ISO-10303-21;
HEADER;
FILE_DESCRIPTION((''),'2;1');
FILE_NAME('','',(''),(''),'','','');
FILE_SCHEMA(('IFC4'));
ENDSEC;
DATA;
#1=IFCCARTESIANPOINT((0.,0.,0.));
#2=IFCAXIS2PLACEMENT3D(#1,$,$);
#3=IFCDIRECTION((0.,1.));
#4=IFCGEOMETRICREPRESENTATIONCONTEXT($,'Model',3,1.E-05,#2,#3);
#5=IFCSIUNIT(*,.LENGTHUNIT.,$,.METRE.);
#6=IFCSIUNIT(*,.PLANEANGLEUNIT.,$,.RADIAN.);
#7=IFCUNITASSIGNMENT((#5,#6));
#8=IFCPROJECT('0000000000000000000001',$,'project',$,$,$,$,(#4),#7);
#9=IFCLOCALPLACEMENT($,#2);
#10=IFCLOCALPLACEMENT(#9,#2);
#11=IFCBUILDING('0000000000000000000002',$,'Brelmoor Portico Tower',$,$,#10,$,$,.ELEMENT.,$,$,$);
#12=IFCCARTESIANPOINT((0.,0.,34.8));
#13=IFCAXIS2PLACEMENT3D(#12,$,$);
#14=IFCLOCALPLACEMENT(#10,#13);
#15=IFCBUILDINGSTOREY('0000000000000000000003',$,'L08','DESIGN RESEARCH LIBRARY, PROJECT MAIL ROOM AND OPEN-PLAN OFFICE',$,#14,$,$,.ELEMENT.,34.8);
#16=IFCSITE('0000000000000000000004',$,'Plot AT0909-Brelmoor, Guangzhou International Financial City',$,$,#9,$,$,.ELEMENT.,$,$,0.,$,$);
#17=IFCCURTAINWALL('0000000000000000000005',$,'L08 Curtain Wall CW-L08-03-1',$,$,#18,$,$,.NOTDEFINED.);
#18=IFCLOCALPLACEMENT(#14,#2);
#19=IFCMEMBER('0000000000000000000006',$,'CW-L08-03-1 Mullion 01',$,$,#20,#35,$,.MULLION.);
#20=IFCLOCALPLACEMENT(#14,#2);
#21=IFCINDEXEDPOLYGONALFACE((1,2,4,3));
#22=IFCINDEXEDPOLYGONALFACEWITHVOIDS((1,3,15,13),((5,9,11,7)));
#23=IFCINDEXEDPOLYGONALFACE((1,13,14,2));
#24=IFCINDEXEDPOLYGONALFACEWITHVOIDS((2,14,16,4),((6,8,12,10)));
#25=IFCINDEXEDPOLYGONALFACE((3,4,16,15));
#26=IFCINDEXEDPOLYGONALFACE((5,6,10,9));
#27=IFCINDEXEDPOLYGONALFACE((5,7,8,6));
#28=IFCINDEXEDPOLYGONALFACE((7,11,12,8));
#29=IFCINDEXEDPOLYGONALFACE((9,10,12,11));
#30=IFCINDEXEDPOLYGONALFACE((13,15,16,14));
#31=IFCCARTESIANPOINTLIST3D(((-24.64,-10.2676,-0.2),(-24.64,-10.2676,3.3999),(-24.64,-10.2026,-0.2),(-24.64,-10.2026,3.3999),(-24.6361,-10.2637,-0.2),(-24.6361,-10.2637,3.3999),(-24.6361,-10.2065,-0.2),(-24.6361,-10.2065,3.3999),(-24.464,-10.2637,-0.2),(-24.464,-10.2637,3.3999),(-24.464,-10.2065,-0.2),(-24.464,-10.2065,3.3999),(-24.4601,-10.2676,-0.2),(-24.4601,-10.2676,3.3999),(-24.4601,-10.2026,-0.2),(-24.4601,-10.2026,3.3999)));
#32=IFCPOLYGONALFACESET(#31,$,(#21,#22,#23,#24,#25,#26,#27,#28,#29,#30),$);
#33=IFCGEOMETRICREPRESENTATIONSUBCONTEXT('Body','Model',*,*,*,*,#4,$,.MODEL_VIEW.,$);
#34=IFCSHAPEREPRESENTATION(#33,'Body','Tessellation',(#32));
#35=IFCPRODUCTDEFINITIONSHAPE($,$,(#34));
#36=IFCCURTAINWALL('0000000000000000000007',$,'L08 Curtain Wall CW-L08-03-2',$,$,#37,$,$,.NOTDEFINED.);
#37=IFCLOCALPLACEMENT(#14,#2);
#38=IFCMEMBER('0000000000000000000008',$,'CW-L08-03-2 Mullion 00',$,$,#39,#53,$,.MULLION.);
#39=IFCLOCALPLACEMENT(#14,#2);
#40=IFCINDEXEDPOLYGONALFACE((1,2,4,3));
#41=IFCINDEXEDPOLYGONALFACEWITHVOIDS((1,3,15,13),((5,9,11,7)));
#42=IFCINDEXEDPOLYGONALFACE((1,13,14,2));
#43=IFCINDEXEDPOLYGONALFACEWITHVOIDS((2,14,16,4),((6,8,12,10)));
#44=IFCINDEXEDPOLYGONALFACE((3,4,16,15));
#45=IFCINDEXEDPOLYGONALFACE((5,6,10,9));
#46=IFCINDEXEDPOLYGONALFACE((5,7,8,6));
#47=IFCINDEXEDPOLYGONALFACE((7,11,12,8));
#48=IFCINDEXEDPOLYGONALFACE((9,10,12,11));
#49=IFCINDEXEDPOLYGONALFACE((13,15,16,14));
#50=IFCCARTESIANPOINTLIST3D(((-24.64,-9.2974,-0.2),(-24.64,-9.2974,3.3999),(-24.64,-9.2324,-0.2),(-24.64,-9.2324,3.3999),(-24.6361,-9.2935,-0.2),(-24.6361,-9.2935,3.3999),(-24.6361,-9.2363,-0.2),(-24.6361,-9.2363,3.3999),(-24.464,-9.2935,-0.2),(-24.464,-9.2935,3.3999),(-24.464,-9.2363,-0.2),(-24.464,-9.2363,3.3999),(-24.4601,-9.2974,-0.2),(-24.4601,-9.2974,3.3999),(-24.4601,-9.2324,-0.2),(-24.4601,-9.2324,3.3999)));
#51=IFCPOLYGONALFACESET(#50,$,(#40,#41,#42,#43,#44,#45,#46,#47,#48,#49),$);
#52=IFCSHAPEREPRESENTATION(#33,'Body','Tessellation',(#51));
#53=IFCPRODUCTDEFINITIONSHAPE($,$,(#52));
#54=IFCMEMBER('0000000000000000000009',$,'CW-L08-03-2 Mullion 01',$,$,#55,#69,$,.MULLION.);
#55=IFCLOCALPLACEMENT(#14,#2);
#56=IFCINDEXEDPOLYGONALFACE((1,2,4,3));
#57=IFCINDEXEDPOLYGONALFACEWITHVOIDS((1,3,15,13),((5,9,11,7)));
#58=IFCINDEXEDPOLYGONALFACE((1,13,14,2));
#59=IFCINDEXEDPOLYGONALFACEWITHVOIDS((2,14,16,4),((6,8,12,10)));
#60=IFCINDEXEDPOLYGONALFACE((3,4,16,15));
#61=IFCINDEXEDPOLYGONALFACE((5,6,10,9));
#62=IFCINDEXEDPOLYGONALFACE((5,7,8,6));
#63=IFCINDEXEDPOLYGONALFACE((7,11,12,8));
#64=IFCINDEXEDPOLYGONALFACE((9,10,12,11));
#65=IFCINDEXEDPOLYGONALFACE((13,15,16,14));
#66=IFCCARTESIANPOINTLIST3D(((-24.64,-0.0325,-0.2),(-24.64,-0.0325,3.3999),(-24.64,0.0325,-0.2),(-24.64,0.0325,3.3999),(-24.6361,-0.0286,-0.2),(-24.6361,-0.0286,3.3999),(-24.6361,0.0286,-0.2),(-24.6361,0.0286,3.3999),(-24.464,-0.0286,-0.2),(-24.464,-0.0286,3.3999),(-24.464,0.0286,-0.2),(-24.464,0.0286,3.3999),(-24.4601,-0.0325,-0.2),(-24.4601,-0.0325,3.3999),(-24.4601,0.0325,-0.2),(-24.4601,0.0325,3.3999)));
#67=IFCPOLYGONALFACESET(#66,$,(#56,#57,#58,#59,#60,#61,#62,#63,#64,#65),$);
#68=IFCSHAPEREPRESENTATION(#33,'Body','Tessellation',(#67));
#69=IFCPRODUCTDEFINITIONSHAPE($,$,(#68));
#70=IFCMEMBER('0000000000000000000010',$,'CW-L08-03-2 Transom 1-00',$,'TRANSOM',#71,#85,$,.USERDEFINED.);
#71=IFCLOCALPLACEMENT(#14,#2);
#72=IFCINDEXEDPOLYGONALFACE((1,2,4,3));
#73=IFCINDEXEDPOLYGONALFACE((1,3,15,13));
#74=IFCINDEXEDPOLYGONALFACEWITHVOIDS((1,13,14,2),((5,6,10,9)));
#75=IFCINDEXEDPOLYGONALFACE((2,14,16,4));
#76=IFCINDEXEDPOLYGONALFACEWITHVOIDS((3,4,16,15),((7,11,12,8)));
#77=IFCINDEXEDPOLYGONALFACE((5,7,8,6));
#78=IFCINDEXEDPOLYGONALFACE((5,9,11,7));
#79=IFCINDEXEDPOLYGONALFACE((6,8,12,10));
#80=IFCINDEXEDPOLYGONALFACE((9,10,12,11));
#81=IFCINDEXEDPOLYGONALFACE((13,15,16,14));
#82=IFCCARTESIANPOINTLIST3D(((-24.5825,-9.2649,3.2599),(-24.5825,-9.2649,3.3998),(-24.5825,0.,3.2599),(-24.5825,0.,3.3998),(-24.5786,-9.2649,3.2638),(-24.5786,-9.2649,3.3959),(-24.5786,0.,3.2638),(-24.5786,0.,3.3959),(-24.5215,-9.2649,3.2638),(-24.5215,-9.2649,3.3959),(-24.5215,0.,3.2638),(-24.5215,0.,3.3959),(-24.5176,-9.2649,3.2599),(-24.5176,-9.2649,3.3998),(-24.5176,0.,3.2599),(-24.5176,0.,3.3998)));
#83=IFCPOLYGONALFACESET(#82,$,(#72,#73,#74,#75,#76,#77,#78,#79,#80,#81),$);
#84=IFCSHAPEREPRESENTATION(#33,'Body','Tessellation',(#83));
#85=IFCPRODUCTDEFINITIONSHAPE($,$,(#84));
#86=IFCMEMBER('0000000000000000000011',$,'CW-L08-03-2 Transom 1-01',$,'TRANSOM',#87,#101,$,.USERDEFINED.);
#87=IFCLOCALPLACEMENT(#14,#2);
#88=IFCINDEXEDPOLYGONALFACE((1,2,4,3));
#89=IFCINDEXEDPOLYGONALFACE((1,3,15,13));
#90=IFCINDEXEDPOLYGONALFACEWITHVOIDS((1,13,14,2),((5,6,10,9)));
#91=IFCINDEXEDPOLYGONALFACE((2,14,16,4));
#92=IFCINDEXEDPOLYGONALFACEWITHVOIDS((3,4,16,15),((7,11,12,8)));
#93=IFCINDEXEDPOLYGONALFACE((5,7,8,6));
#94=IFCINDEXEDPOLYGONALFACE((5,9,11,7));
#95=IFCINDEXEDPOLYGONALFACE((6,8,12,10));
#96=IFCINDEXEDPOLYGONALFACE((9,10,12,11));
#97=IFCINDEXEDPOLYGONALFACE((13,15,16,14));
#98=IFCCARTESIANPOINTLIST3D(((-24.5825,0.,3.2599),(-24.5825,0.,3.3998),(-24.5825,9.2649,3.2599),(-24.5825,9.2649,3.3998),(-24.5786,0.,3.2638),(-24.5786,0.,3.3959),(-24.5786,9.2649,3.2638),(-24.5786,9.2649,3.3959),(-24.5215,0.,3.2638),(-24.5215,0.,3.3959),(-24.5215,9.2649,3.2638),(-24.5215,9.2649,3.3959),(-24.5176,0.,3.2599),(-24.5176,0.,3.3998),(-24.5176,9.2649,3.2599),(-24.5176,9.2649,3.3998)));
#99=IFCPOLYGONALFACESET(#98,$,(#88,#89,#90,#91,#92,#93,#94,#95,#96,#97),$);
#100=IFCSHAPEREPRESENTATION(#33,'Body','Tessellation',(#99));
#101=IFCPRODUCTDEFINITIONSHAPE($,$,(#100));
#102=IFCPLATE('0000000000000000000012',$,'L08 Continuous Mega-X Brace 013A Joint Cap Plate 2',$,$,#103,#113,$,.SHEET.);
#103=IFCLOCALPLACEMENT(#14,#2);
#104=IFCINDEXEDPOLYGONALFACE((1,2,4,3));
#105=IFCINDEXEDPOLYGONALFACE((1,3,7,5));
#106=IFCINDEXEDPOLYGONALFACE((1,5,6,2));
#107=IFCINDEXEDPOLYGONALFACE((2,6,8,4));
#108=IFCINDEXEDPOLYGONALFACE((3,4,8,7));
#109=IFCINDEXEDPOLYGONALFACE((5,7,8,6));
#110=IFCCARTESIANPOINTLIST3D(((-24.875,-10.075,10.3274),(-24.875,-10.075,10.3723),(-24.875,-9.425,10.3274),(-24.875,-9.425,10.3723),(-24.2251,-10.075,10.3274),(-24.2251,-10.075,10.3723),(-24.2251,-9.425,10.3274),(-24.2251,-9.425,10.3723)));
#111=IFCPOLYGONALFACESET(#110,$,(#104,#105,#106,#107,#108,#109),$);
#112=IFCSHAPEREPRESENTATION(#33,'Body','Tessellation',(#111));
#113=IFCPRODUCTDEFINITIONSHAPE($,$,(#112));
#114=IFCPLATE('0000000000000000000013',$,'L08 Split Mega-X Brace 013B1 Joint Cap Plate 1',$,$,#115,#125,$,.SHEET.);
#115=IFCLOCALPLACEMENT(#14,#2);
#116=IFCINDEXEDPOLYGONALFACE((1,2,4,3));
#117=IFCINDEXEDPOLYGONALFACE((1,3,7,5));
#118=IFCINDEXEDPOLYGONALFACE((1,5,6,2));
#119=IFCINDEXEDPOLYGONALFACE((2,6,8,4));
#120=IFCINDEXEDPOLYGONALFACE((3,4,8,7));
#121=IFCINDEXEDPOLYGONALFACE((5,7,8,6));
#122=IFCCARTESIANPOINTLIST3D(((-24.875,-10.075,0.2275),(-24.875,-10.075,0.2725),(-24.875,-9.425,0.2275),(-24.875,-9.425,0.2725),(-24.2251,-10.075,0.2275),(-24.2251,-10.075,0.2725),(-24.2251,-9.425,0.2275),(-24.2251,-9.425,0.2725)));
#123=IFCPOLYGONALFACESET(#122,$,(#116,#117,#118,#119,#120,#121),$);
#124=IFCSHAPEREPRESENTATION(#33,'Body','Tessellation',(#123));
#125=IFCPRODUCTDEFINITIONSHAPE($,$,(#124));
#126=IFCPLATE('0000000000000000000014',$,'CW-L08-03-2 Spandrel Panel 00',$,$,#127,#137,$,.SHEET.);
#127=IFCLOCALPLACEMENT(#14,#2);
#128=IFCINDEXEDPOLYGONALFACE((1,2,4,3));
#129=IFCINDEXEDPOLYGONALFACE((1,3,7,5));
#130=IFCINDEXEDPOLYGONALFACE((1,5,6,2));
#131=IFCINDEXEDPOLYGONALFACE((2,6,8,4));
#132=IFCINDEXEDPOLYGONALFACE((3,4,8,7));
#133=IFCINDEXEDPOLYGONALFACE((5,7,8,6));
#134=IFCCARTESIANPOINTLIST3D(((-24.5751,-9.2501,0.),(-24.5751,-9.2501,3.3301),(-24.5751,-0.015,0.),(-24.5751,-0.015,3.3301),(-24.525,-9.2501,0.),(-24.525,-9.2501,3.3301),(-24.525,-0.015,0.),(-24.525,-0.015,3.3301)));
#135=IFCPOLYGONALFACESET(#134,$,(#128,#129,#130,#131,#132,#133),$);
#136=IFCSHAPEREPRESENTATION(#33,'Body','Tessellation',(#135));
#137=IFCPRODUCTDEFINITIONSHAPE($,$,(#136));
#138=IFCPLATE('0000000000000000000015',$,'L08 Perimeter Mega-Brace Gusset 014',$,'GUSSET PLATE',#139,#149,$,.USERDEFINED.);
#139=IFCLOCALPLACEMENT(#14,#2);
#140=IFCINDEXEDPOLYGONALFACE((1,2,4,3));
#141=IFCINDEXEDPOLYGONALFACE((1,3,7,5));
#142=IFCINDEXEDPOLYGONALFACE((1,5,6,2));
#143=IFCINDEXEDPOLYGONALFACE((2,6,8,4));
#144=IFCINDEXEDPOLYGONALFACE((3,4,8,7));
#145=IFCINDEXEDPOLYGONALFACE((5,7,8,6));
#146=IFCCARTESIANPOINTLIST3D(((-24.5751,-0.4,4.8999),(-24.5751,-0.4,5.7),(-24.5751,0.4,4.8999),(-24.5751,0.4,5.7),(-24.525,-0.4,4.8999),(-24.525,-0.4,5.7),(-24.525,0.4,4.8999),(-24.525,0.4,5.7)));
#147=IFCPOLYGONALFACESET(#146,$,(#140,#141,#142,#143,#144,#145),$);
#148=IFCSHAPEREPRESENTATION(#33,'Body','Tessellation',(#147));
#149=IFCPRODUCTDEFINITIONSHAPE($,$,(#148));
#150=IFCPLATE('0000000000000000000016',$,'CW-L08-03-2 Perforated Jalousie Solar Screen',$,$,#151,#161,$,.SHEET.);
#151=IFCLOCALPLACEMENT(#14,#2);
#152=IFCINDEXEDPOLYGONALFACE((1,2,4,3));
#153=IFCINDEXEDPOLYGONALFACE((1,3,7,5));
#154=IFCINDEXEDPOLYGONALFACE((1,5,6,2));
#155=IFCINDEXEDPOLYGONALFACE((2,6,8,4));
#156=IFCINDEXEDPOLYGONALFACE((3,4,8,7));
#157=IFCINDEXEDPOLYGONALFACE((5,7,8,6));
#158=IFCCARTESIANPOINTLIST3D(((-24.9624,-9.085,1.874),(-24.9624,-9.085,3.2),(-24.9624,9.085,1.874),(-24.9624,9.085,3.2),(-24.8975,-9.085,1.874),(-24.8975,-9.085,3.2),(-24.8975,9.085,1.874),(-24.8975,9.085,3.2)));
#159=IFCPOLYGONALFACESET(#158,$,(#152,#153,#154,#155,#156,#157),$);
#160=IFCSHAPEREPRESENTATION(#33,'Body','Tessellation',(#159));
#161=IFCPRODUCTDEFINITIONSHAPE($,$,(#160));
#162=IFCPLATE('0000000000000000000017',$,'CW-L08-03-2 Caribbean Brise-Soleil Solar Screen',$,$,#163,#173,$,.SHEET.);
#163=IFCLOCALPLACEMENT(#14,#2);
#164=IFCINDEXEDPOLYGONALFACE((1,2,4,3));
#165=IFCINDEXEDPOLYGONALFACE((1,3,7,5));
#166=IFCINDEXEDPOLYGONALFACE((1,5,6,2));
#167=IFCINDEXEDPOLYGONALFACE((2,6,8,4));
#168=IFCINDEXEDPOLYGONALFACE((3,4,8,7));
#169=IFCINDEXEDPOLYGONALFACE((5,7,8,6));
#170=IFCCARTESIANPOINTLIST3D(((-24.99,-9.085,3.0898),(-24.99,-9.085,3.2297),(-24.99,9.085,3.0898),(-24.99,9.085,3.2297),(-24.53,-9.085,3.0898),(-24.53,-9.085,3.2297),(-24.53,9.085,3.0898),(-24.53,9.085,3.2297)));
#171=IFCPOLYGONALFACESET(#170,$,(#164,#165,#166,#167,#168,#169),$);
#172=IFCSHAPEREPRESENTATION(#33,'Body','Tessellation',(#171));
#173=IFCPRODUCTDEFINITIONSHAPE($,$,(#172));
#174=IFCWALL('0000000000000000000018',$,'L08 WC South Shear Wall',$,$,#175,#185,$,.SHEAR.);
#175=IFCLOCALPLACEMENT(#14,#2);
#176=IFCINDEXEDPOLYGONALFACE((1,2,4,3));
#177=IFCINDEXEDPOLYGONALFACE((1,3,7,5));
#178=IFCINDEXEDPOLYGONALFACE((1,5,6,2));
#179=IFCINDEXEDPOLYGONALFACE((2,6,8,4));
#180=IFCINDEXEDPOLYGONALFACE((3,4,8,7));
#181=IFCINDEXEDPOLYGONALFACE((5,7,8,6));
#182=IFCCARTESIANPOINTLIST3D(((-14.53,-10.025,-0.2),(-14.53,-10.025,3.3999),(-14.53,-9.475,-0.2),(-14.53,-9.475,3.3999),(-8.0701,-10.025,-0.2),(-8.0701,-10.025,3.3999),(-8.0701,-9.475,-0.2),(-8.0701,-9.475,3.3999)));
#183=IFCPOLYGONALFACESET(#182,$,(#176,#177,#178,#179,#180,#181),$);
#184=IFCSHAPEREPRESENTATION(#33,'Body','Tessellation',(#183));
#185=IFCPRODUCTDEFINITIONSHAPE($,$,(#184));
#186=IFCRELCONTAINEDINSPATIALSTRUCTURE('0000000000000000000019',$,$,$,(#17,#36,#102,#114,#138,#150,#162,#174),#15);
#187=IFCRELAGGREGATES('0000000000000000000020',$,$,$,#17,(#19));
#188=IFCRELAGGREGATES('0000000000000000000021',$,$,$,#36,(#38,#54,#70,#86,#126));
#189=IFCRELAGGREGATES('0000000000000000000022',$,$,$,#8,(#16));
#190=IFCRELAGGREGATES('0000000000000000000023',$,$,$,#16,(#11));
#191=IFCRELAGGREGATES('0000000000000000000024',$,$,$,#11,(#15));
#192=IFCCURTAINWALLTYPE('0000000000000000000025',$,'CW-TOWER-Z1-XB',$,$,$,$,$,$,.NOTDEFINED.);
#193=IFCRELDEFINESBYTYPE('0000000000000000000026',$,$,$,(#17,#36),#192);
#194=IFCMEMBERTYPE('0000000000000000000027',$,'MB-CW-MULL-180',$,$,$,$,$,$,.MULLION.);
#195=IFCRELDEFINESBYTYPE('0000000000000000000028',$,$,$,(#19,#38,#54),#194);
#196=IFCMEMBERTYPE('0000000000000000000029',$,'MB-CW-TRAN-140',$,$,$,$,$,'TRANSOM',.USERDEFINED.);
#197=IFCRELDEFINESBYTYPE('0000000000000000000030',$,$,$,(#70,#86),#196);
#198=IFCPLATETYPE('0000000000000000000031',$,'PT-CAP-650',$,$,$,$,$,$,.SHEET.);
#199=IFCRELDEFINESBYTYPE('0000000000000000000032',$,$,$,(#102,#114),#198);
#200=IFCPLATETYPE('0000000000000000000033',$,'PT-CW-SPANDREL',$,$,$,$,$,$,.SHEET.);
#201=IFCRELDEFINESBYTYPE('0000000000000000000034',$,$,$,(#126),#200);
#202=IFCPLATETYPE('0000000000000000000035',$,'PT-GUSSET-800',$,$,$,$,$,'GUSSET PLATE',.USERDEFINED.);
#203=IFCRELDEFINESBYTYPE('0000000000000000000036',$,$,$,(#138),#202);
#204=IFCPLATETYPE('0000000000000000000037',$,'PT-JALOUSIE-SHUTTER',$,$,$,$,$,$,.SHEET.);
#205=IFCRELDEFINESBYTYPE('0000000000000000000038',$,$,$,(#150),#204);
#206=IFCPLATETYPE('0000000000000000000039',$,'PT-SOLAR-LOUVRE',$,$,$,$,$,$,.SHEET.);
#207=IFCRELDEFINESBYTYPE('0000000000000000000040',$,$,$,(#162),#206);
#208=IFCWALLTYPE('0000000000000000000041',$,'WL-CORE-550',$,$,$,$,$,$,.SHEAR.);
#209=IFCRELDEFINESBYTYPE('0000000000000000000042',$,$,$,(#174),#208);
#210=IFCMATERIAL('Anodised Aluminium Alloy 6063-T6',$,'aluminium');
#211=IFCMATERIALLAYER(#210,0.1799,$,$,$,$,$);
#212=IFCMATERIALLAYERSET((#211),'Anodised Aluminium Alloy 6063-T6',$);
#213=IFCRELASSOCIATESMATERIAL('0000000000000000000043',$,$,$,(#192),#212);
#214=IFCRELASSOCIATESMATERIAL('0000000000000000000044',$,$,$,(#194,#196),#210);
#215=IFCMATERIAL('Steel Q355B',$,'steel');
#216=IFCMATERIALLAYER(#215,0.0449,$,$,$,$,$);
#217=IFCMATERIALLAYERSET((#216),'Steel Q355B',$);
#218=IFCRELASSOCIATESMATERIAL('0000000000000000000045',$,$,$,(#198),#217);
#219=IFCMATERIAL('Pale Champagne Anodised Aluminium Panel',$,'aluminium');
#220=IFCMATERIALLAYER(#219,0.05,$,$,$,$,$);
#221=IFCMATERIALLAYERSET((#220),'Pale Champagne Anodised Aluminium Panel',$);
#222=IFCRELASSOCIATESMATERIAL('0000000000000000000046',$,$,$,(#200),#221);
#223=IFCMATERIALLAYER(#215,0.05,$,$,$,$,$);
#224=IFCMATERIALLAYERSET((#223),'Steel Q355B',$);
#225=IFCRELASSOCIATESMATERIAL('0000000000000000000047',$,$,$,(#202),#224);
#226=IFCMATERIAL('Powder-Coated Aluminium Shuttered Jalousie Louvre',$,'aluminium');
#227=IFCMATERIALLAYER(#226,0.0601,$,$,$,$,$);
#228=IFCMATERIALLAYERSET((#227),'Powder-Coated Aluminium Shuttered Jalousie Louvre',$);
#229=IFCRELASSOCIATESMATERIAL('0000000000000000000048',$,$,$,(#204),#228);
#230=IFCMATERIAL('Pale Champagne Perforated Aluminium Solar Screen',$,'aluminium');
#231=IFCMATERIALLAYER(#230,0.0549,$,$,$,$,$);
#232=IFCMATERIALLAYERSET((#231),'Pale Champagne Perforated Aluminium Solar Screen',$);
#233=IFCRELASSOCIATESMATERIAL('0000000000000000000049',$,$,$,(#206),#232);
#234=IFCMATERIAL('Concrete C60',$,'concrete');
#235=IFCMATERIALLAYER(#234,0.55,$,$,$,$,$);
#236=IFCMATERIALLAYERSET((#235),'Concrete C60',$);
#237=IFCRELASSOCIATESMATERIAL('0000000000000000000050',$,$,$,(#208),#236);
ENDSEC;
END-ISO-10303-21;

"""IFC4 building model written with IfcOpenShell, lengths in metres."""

from ifc_helpers import new_model, si_unit, direction, frame, frame_2d, origin, origin_2d, place, context, subcontext, project, spatial, rectangle, hollow_rectangle, extrude, material, layer, layer_set, material_profile, profile_set, type_object, element, aggregate, save


model = new_model("IFC4")

# Units and contexts
model_context = context("Model", 3, precision=1e-05, world=origin(), true_north=direction((0.0, 1.0)))
body_context = subcontext(model_context, "Body", "Model", "MODEL_VIEW")
ifc_project = project(units=[si_unit("LENGTHUNIT", "METRE"), si_unit("PLANEANGLEUNIT", "RADIAN")], contexts=[model_context])

# Site, building, storey
site_placement = place(None, origin())
site = spatial("IfcSite", under=ifc_project, at=site_placement, Name="Plot AT0909-Brelmoor, Guangzhou International Financial City", CompositionType="ELEMENT", RefElevation=0.0)
building_placement = place(site_placement, origin())
building = spatial("IfcBuilding", under=site, at=building_placement, Name="Brelmoor Portico Tower", CompositionType="ELEMENT")
storey_placement = place(building_placement, frame((0.0, 0.0, 34.8)))
storey = spatial("IfcBuildingStorey", under=building, at=storey_placement, Name="L08", Description="DESIGN RESEARCH LIBRARY, PROJECT MAIL ROOM AND OPEN-PLAN OFFICE", CompositionType="ELEMENT", Elevation=34.8)

# Shared definitions
ifc_material_1 = material(Name="Steel Q355B", Category="steel")

# Curtain wall, member
ifc_material_2 = material(Name="Anodised Aluminium Alloy 6063-T6", Category="aluminium")
ifc_layer_1 = layer(ifc_material_2, 0.1799)
ifc_layer_set_1 = layer_set([ifc_layer_1], Name="Anodised Aluminium Alloy 6063-T6")
curtain_wall_type = type_object("IfcCurtainWallType", Name="CW-TOWER-Z1-XB", PredefinedType="NOTDEFINED", material=ifc_layer_set_1)
curtain_wall_1_placement = place(storey_placement, origin())
curtain_wall_1 = element("IfcCurtainWall", 1, at=curtain_wall_1_placement, inside=storey, type_object=curtain_wall_type, Name="L08 Curtain Wall CW-L08-03-1", PredefinedType="NOTDEFINED")
ifc_material_profile_1 = material_profile(ifc_material_2, hollow_rectangle(XDim=0.0649, YDim=0.1799, WallThickness=0.0039, at=origin_2d()), Name="ALU MULLION 65x180")
ifc_profile_set_1 = profile_set([ifc_material_profile_1], Name="Anodised Aluminium Alloy 6063-T6")
member_type_1 = type_object("IfcMemberType", Name="MB-CW-MULL-180", PredefinedType="MULLION", material=ifc_profile_set_1)
member_1_placement = place(storey_placement, frame((-24.55, -10.2351, -0.2), z_axis=(0.0, 0.0, 1.0), x_axis=(0.0, 1.0, 0.0)))
member_1 = element("IfcMember", 2, at=member_1_placement, type_object=member_type_1, Name="CW-L08-03-1 Mullion 01", PredefinedType="MULLION", context=body_context, shape_type="SweptSolid", body=[
    extrude(hollow_rectangle(XDim=0.0649, YDim=0.1799, WallThickness=0.0039, at=origin_2d()), origin(), (0.0, 0.0, 1.0), 3.5999),
])
aggregate(curtain_wall_1, [member_1])

# Curtain wall, members
curtain_wall_2_placement = place(storey_placement, origin())
curtain_wall_2 = element("IfcCurtainWall", 3, at=curtain_wall_2_placement, inside=storey, type_object=curtain_wall_type, Name="L08 Curtain Wall CW-L08-03-2", PredefinedType="NOTDEFINED")
member_2_placement = place(storey_placement, frame((-24.55, -9.2649, -0.2), z_axis=(0.0, 0.0, 1.0), x_axis=(0.0, 1.0, 0.0)))
member_2 = element("IfcMember", 4, at=member_2_placement, type_object=member_type_1, Name="CW-L08-03-2 Mullion 00", PredefinedType="MULLION", context=body_context, shape_type="SweptSolid", body=[
    extrude(hollow_rectangle(XDim=0.0649, YDim=0.1799, WallThickness=0.0039, at=origin_2d()), origin(), (0.0, 0.0, 1.0), 3.5999),
])
member_3_placement = place(storey_placement, frame((-24.55, 0.0, -0.2), z_axis=(0.0, 0.0, 1.0), x_axis=(0.0, 1.0, 0.0)))
member_3 = element("IfcMember", 5, at=member_3_placement, type_object=member_type_1, Name="CW-L08-03-2 Mullion 01", PredefinedType="MULLION", context=body_context, shape_type="SweptSolid", body=[
    extrude(hollow_rectangle(XDim=0.0649, YDim=0.1799, WallThickness=0.0039, at=origin_2d()), origin(), (0.0, 0.0, 1.0), 3.5999),
])
ifc_material_profile_2 = material_profile(ifc_material_2, hollow_rectangle(XDim=0.0649, YDim=0.1399, WallThickness=0.0039, at=origin_2d()), Name="ALU TRANSOM 65x140")
ifc_profile_set_2 = profile_set([ifc_material_profile_2], Name="Anodised Aluminium Alloy 6063-T6")
member_type_2 = type_object("IfcMemberType", Name="MB-CW-TRAN-140", ElementType="TRANSOM", PredefinedType="USERDEFINED", material=ifc_profile_set_2)
member_4_placement = place(storey_placement, frame((-24.55, -9.2649, 3.3298), z_axis=(0.0, 1.0, 0.0), x_axis=(-1.0, 0.0, 0.0)))
member_4 = element("IfcMember", 6, at=member_4_placement, type_object=member_type_2, Name="CW-L08-03-2 Transom 1-00", ObjectType="TRANSOM", PredefinedType="USERDEFINED", context=body_context, shape_type="SweptSolid", body=[
    extrude(hollow_rectangle(XDim=0.0649, YDim=0.1399, WallThickness=0.0039, at=origin_2d()), origin(), (0.0, 0.0, 1.0), 9.2649),
])
member_5_placement = place(storey_placement, frame((-24.55, 0.0, 3.3298), z_axis=(0.0, 1.0, 0.0), x_axis=(-1.0, 0.0, 0.0)))
member_5 = element("IfcMember", 7, at=member_5_placement, type_object=member_type_2, Name="CW-L08-03-2 Transom 1-01", ObjectType="TRANSOM", PredefinedType="USERDEFINED", context=body_context, shape_type="SweptSolid", body=[
    extrude(hollow_rectangle(XDim=0.0649, YDim=0.1399, WallThickness=0.0039, at=origin_2d()), origin(), (0.0, 0.0, 1.0), 9.2649),
])

# Plates
ifc_layer_2 = layer(ifc_material_1, 0.0449)
ifc_layer_set_2 = layer_set([ifc_layer_2], Name="Steel Q355B")
plate_type_1 = type_object("IfcPlateType", Name="PT-CAP-650", PredefinedType="SHEET", material=ifc_layer_set_2)
for number, where, z_axis, x_axis, name in (
    (8, (-24.55, -9.75, 10.3274), (0.0, 0.0, 1.0), (1.0, 0.0, 0.0), "L08 Continuous Mega-X Brace 013A Joint Cap Plate 2"),
    (9, (-24.55, -9.75, 0.2275), (0.0, 0.0, 1.0), (1.0, 0.0, 0.0), "L08 Split Mega-X Brace 013B1 Joint Cap Plate 1"),
):
    element("IfcPlate", number, at=place(storey_placement, frame(where, z_axis=z_axis, x_axis=x_axis)), inside=storey, type_object=plate_type_1, Name=name, PredefinedType="SHEET", context=body_context, shape_type="SweptSolid", body=[
        extrude(rectangle(XDim=0.6499, YDim=0.6499, at=origin_2d()), origin(), (0.0, 0.0, 1.0), 0.0449),
    ])

# Plate
ifc_material_3 = material(Name="Pale Champagne Anodised Aluminium Panel", Category="aluminium")
ifc_layer_3 = layer(ifc_material_3, 0.05)
ifc_layer_set_3 = layer_set([ifc_layer_3], Name="Pale Champagne Anodised Aluminium Panel")
plate_type_2 = type_object("IfcPlateType", Name="PT-CW-SPANDREL", PredefinedType="SHEET", material=ifc_layer_set_3)
plate_1_placement = place(storey_placement, frame((-24.55, -4.6326, 0.0), z_axis=(0.0, 0.0, 1.0), x_axis=(0.0, 1.0, 0.0)))
plate_1 = element("IfcPlate", 10, at=plate_1_placement, type_object=plate_type_2, Name="CW-L08-03-2 Spandrel Panel 00", PredefinedType="SHEET", context=body_context, shape_type="SweptSolid", body=[
    extrude(rectangle(XDim=9.2351, YDim=0.05, at=origin_2d()), origin(), (0.0, 0.0, 1.0), 3.3301),
])
aggregate(curtain_wall_2, [member_2, member_3, member_4, member_5, plate_1])

# Plates
ifc_layer_4 = layer(ifc_material_1, 0.05)
ifc_layer_set_4 = layer_set([ifc_layer_4], Name="Steel Q355B")
plate_type_3 = type_object("IfcPlateType", Name="PT-GUSSET-800", ElementType="GUSSET PLATE", PredefinedType="USERDEFINED", material=ifc_layer_set_4)
plate_2_placement = place(storey_placement, frame((-24.55, 0.0, 4.8999), z_axis=(0.0, 0.0, 1.0), x_axis=(1.0, 0.0, 0.0)))
element("IfcPlate", 11, at=plate_2_placement, inside=storey, type_object=plate_type_3, Name="L08 Perimeter Mega-Brace Gusset 014", ObjectType="GUSSET PLATE", PredefinedType="USERDEFINED", context=body_context, shape_type="SweptSolid", body=[
    extrude(rectangle(XDim=0.05, YDim=0.8, at=origin_2d()), origin(), (0.0, 0.0, 1.0), 0.8),
])
ifc_material_4 = material(Name="Powder-Coated Aluminium Shuttered Jalousie Louvre", Category="aluminium")
ifc_layer_5 = layer(ifc_material_4, 0.0601)
ifc_layer_set_5 = layer_set([ifc_layer_5], Name="Powder-Coated Aluminium Shuttered Jalousie Louvre")
plate_type_4 = type_object("IfcPlateType", Name="PT-JALOUSIE-SHUTTER", PredefinedType="SHEET", material=ifc_layer_set_5)
plate_3_placement = place(storey_placement, frame((-24.9299, 0.0, 1.874), z_axis=(0.0, 0.0, 1.0), x_axis=(0.0, 1.0, 0.0)))
element("IfcPlate", 12, at=plate_3_placement, inside=storey, type_object=plate_type_4, Name="CW-L08-03-2 Perforated Jalousie Solar Screen", PredefinedType="SHEET", context=body_context, shape_type="SweptSolid", body=[
    extrude(rectangle(XDim=18.1699, YDim=0.0649, at=origin_2d()), origin(), (0.0, 0.0, 1.0), 1.3259),
])
ifc_material_5 = material(Name="Pale Champagne Perforated Aluminium Solar Screen", Category="aluminium")
ifc_layer_6 = layer(ifc_material_5, 0.0549)
ifc_layer_set_6 = layer_set([ifc_layer_6], Name="Pale Champagne Perforated Aluminium Solar Screen")
plate_type_5 = type_object("IfcPlateType", Name="PT-SOLAR-LOUVRE", PredefinedType="SHEET", material=ifc_layer_set_6)
plate_4_placement = place(storey_placement, frame((-24.76, 0.0, 3.0898), z_axis=(0.0, 0.0, 1.0), x_axis=(0.0, 1.0, 0.0)))
element("IfcPlate", 13, at=plate_4_placement, inside=storey, type_object=plate_type_5, Name="CW-L08-03-2 Caribbean Brise-Soleil Solar Screen", PredefinedType="SHEET", context=body_context, shape_type="SweptSolid", body=[
    extrude(rectangle(XDim=18.1699, YDim=0.46, at=origin_2d()), origin(), (0.0, 0.0, 1.0), 0.1399),
])

# Wall
ifc_material_6 = material(Name="Concrete C60", Category="concrete")
ifc_layer_7 = layer(ifc_material_6, 0.55)
ifc_layer_set_7 = layer_set([ifc_layer_7], Name="Concrete C60")
wall_type_1 = type_object("IfcWallType", Name="WL-CORE-550", PredefinedType="SHEAR", material=ifc_layer_set_7)
wall_1_placement = place(storey_placement, frame((-14.53, -9.75, -0.2), z_axis=(0.0, 0.0, 1.0), x_axis=(1.0, 0.0, 0.0)))
element("IfcWall", 14, at=wall_1_placement, inside=storey, type_object=wall_type_1, Name="L08 WC South Shear Wall", PredefinedType="SHEAR", context=body_context, shape_type="SweptSolid", body=[
    extrude(rectangle(XDim=6.46, YDim=0.55, at=frame_2d((3.23, 0.0))), origin(), (0.0, 0.0, 1.0), 3.5999),
])

save(model, "model.ifc")
